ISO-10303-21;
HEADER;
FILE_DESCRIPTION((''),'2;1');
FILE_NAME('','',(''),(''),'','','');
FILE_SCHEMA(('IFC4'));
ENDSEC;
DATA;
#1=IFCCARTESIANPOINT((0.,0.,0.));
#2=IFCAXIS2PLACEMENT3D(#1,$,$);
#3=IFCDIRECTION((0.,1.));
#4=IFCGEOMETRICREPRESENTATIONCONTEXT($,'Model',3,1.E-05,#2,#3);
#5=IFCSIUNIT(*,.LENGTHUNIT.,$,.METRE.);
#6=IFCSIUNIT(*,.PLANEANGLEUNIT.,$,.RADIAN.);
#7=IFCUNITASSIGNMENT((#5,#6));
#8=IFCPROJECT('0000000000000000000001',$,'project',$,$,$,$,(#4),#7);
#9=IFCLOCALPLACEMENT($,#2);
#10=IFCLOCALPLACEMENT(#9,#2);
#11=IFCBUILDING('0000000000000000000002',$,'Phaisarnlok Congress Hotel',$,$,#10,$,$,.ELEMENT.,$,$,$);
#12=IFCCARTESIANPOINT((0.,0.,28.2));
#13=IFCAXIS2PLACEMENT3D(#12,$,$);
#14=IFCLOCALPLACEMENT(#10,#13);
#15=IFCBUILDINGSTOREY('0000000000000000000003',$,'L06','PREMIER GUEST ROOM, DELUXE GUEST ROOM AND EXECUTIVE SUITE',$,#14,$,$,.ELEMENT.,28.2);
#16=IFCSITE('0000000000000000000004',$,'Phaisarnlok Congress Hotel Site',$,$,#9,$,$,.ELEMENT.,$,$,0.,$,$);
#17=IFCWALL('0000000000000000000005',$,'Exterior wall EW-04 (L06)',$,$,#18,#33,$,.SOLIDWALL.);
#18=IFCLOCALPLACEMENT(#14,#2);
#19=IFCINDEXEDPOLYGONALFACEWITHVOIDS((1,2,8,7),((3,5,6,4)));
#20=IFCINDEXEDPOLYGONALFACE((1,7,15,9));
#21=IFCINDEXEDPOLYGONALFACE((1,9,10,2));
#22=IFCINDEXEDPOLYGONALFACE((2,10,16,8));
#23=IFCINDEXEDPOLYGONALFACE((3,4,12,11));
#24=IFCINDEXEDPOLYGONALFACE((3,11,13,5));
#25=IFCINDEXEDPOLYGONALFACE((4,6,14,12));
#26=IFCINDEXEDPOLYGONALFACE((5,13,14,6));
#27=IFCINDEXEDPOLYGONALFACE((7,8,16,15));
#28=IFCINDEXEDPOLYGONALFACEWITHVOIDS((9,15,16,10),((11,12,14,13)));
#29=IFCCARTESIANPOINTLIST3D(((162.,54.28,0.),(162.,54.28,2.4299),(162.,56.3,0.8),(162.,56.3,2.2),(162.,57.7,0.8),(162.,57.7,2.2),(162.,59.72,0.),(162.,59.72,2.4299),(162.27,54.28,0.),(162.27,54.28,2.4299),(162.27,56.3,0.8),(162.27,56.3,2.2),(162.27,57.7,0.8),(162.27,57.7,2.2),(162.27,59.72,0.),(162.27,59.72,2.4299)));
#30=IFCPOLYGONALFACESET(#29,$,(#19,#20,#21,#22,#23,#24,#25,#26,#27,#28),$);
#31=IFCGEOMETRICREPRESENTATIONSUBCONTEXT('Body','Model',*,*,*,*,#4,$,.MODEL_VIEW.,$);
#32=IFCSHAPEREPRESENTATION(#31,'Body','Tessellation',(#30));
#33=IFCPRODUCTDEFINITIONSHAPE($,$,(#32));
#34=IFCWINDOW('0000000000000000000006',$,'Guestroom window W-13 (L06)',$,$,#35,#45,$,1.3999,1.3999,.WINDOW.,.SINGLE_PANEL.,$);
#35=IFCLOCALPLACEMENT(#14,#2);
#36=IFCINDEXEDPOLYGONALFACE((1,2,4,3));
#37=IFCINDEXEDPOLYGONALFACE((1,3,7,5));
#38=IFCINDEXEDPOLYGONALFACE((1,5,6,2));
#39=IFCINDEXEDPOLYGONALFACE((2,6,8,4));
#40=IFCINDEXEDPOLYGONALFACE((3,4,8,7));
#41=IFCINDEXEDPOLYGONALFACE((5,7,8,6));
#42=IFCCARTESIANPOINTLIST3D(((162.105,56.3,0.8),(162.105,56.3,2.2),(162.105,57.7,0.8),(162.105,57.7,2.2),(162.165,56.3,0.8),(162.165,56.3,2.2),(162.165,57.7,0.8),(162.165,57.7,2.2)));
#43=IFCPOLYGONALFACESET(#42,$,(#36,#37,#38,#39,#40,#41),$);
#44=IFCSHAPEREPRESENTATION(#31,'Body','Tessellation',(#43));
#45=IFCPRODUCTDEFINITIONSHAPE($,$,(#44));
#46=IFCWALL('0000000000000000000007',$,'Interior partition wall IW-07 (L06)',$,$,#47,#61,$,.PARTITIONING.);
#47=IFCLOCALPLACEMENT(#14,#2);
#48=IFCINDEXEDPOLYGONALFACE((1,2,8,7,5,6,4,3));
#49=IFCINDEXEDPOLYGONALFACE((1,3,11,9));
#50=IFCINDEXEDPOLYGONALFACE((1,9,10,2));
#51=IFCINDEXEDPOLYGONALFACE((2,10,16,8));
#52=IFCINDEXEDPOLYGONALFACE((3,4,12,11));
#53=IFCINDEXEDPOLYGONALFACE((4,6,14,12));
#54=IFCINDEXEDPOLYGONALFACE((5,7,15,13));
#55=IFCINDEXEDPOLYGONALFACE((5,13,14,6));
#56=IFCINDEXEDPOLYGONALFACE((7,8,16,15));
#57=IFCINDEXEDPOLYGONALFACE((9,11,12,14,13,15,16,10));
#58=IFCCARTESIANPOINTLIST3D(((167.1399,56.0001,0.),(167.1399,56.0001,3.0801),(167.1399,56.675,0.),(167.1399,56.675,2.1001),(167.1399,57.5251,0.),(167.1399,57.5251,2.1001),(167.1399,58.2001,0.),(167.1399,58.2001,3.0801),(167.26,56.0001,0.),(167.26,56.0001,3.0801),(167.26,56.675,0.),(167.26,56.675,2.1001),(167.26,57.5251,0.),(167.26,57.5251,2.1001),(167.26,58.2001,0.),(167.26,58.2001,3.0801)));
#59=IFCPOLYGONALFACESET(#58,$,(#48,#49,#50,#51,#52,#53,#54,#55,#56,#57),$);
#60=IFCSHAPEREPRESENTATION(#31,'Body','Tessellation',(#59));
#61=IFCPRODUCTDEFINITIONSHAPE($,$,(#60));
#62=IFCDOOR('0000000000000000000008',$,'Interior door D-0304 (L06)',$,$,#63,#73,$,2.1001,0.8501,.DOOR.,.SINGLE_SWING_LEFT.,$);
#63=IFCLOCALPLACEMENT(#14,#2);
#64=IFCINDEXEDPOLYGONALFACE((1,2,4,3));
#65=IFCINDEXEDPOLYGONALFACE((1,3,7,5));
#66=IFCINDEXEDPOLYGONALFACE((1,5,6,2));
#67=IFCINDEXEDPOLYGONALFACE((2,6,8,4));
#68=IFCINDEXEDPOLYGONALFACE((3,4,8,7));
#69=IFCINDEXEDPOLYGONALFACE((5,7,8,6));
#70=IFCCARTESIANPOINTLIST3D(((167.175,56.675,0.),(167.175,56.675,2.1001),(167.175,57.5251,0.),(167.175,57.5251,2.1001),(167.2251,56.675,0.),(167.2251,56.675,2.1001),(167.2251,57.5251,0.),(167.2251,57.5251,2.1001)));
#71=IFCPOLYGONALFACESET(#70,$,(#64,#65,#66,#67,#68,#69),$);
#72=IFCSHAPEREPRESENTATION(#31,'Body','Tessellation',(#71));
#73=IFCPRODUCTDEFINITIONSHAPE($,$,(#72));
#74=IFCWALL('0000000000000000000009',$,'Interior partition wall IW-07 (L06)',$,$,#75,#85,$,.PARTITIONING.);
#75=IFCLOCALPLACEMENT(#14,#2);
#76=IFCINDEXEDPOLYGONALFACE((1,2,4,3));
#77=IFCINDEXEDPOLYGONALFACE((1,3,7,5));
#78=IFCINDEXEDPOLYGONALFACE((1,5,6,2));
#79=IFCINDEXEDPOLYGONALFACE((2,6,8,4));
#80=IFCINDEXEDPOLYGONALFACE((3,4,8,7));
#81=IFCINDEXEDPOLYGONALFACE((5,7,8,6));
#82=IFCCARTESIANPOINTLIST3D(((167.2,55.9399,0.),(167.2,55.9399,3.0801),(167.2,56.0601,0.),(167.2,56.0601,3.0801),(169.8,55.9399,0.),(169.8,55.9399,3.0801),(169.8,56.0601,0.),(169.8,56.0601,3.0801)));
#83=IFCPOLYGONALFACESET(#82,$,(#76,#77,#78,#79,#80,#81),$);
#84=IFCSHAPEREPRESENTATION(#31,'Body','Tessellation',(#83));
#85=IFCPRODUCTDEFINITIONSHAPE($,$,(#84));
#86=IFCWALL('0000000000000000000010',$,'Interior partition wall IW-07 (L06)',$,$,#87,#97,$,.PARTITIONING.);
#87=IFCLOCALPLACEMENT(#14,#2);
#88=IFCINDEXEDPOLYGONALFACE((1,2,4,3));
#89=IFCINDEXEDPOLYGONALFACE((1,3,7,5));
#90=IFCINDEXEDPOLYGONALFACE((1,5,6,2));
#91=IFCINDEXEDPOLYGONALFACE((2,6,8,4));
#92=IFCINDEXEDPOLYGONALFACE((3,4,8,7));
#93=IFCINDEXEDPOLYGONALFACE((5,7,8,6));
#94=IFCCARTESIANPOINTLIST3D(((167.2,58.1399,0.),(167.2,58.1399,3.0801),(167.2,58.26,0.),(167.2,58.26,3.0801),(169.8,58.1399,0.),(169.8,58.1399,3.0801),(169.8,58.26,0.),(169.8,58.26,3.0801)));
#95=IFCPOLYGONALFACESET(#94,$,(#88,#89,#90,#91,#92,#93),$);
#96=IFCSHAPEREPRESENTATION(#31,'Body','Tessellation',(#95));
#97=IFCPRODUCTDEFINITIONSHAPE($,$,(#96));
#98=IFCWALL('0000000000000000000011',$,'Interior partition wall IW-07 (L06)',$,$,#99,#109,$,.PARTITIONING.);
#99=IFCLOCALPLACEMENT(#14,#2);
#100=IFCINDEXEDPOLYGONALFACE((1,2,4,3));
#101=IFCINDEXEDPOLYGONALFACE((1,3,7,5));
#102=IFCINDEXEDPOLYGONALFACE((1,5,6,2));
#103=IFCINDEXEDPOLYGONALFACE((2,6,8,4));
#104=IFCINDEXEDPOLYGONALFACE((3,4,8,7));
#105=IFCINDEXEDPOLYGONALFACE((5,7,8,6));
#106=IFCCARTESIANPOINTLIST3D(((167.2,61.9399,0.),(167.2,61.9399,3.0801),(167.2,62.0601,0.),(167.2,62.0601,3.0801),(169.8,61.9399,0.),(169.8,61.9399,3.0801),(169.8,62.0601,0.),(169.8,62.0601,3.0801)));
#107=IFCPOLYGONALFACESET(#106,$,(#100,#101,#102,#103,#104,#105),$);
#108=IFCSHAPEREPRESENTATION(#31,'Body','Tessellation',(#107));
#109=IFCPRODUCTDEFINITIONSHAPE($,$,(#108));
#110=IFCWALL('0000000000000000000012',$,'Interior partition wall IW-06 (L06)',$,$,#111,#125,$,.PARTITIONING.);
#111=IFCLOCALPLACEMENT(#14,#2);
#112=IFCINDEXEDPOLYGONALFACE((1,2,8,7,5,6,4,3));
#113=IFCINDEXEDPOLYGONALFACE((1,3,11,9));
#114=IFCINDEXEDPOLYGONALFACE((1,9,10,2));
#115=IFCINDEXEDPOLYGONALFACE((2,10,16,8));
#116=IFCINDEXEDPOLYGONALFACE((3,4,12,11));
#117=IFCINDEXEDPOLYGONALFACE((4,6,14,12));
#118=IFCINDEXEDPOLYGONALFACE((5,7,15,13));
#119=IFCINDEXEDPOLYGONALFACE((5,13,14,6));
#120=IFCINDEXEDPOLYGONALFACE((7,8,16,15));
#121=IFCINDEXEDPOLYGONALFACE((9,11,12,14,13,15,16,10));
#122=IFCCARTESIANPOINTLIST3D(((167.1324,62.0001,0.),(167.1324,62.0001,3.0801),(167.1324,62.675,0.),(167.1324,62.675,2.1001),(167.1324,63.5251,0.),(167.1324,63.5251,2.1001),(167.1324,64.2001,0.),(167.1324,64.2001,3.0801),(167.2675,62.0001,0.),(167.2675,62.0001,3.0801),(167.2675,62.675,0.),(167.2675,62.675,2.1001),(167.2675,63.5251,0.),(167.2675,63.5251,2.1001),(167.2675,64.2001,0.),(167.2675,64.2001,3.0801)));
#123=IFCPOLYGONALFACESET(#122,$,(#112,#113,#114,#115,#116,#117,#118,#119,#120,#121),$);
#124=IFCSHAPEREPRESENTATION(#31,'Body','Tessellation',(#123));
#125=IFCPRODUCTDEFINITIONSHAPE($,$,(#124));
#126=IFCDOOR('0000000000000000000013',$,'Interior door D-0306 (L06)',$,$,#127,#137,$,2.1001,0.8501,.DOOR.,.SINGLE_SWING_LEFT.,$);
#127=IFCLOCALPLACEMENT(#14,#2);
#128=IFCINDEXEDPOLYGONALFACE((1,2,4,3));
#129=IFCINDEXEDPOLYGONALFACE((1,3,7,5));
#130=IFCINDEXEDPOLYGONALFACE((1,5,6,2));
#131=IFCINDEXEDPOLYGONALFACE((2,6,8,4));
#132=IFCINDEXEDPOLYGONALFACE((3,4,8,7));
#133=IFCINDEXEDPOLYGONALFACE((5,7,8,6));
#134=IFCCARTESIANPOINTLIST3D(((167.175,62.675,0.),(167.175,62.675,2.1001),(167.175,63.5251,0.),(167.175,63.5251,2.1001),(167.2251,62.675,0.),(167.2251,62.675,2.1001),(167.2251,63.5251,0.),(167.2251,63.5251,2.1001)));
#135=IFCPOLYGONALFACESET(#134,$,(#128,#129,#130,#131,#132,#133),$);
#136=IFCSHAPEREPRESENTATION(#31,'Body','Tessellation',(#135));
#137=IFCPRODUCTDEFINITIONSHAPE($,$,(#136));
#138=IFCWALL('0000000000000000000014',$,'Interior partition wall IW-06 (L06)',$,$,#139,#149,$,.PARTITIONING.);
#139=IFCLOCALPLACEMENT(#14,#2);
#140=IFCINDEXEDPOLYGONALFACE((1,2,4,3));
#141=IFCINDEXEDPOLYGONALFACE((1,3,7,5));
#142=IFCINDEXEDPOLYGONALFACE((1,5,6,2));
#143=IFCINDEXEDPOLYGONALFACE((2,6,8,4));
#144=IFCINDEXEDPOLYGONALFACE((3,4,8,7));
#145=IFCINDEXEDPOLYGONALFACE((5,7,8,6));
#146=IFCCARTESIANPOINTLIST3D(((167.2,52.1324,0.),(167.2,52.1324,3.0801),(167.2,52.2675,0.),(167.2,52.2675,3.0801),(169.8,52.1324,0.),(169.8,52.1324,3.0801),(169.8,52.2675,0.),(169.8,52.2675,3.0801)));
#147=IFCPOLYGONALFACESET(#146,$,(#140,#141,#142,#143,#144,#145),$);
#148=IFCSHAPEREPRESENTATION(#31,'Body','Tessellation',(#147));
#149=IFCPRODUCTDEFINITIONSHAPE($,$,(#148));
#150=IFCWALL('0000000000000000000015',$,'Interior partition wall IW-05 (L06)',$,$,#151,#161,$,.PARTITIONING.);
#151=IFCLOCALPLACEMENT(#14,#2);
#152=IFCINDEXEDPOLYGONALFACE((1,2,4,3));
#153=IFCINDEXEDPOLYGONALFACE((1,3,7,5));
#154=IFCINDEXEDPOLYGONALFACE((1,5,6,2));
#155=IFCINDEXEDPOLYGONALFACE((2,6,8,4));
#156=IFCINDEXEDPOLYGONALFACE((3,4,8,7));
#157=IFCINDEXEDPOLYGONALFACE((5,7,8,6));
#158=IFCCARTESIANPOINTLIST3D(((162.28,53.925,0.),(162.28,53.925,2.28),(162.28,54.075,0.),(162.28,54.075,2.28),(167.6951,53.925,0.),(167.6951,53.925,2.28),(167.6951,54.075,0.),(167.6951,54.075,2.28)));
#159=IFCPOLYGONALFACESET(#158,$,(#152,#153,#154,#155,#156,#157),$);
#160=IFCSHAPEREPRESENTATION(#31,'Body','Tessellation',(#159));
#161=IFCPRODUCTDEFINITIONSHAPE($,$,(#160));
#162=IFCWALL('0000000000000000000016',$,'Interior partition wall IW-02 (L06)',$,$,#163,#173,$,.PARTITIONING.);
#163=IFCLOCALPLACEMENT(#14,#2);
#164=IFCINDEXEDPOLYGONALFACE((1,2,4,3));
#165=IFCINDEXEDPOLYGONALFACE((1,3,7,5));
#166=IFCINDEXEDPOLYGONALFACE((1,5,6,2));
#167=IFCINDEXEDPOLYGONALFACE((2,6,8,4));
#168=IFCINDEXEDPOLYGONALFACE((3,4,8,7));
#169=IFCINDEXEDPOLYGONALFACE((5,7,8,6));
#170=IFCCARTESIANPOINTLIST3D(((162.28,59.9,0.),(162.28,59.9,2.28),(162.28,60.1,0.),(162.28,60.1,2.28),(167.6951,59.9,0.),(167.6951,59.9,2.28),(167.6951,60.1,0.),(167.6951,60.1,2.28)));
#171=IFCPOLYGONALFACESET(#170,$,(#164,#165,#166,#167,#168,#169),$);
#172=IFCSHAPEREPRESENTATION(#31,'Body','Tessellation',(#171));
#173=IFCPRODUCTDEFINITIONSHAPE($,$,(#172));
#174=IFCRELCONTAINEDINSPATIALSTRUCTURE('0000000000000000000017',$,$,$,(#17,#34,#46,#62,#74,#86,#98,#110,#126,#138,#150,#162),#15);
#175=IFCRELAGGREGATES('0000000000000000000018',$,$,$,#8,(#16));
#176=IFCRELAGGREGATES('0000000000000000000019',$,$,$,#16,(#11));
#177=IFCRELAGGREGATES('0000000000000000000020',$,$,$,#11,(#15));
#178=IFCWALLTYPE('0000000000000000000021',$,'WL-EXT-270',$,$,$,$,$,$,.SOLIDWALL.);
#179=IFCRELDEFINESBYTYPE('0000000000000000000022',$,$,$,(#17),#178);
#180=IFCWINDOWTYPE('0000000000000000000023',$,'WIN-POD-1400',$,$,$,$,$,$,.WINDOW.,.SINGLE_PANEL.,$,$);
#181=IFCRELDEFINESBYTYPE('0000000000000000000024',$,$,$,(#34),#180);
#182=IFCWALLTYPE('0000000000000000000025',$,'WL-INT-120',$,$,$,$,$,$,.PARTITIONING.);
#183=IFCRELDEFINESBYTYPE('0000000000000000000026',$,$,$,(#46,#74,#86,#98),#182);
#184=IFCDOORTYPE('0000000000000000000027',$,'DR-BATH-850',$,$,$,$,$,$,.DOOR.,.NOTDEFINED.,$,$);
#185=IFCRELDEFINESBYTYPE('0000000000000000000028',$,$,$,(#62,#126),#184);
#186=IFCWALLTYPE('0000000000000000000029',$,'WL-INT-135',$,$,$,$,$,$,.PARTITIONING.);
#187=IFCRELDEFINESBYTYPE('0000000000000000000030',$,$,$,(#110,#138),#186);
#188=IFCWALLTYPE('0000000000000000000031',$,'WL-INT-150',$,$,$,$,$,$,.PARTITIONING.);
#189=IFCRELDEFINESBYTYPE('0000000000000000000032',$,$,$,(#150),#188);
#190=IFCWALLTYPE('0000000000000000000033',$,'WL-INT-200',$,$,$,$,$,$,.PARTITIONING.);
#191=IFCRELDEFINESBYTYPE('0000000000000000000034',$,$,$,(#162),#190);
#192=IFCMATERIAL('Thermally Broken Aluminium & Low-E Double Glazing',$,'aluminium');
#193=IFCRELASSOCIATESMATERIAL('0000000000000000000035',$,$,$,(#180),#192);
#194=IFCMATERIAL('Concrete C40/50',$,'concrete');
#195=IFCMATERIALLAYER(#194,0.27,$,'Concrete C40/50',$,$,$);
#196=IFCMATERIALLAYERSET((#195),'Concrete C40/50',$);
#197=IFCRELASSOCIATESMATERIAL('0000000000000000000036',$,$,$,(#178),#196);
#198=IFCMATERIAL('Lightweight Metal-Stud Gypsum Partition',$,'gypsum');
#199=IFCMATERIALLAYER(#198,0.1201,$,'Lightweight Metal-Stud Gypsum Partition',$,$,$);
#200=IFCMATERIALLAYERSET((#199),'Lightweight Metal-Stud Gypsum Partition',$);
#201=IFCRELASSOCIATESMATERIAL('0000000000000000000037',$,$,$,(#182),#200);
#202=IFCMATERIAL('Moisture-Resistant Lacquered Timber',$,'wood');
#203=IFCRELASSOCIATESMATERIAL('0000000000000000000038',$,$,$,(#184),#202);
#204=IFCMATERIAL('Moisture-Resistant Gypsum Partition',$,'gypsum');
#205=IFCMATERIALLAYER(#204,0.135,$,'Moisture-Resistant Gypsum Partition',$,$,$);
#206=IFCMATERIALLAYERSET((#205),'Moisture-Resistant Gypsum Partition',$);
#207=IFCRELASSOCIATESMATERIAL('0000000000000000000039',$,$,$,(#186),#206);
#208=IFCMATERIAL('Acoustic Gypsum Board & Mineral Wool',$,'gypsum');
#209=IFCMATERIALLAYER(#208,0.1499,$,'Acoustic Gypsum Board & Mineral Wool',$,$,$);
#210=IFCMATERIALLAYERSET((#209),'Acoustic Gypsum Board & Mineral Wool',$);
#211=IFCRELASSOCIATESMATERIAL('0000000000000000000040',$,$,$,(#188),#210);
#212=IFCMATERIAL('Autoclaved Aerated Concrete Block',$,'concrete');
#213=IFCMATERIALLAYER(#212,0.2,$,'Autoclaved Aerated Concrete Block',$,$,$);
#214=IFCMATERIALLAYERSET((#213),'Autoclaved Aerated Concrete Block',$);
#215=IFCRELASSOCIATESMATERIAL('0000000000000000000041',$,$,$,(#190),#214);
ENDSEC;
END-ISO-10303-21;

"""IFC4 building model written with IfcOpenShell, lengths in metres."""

from ifc_helpers import new_model, si_unit, direction, frame, frame_2d, origin, place, context, subcontext, project, spatial, rectangle, extrude, material, layer, layer_set, type_object, element, fill, save


model = new_model("IFC4")

# Units and contexts
model_context = context("Model", 3, precision=1e-05, world=origin(), true_north=direction((0.0, 1.0)))
body_context = subcontext(model_context, "Body", "Model", "MODEL_VIEW")
ifc_project = project(units=[si_unit("LENGTHUNIT", "METRE"), si_unit("PLANEANGLEUNIT", "RADIAN")], contexts=[model_context])

# Site, building, storey
site_placement = place(None, origin())
site = spatial("IfcSite", under=ifc_project, at=site_placement, Name="Phaisarnlok Congress Hotel Site", CompositionType="ELEMENT", RefElevation=0.0)
building_placement = place(site_placement, origin())
building = spatial("IfcBuilding", under=site, at=building_placement, Name="Phaisarnlok Congress Hotel", CompositionType="ELEMENT")
storey_placement = place(building_placement, frame((0.0, 0.0, 28.2)))
storey = spatial("IfcBuildingStorey", under=building, at=storey_placement, Name="L06", Description="PREMIER GUEST ROOM, DELUXE GUEST ROOM AND EXECUTIVE SUITE", CompositionType="ELEMENT", Elevation=28.2)

# Shared definitions
ifc_material_1 = material(Name="Concrete C40/50", Category="concrete")

# Wall, opening, window
ifc_material_2 = material(Name="Thermally Broken Aluminium & Low-E Double Glazing", Category="aluminium")
window_type = type_object("IfcWindowType", Name="WIN-POD-1400", PartitioningType="SINGLE_PANEL", PredefinedType="WINDOW", material=ifc_material_2)
ifc_layer_1 = layer(ifc_material_1, 0.27, Name="Concrete C40/50")
ifc_layer_set_1 = layer_set([ifc_layer_1], Name="Concrete C40/50")
wall_type_1 = type_object("IfcWallType", Name="WL-EXT-270", PredefinedType="SOLIDWALL", material=ifc_layer_set_1)
wall_1_placement = place(storey_placement, frame((162.135, 59.72, 0.0), z_axis=(0.0, 0.0, 1.0), x_axis=(0.0, -1.0, 0.0)))
wall_1 = element("IfcWall", 1, at=wall_1_placement, inside=storey, type_object=wall_type_1, Name="Exterior wall EW-04 (L06)", PredefinedType="SOLIDWALL", context=body_context, shape_type="SweptSolid", body=[
    extrude(rectangle(XDim=5.4399, YDim=0.27, at=frame_2d((2.72, 0.0))), origin(), (0.0, 0.0, 1.0), 2.4299),
])
opening_1_placement = place(wall_1_placement, frame((2.02, 0.0, 0.8)))
opening_1 = element("IfcOpeningElement", 2, at=opening_1_placement, cuts=wall_1, PredefinedType="OPENING", context=body_context, shape_type="SweptSolid", body=[
    extrude(rectangle(XDim=1.3999, YDim=1.3999, at=frame_2d((0.7, 0.7))), frame((0.0, 0.145, 0.0), z_axis=(0.0, -1.0, 0.0), x_axis=(1.0, 0.0, 0.0)), (0.0, 0.0, 1.0), 0.29),
])
window_1_placement = place(opening_1_placement, origin())
window_1 = element("IfcWindow", 3, at=window_1_placement, inside=storey, type_object=window_type, Name="Guestroom window W-13 (L06)", OverallHeight=1.3999, OverallWidth=1.3999, PartitioningType="SINGLE_PANEL", PredefinedType="WINDOW", context=body_context, shape_type="SweptSolid", body=[
    extrude(rectangle(XDim=1.3999, YDim=1.3999, at=frame_2d((0.7, 0.7))), frame((0.0, 0.03, 0.0), z_axis=(0.0, -1.0, 0.0), x_axis=(1.0, 0.0, 0.0)), (0.0, 0.0, 1.0), 0.0601),
])
fill(opening_1, window_1)

# Wall, opening, door
ifc_material_3 = material(Name="Lightweight Metal-Stud Gypsum Partition", Category="gypsum")
ifc_layer_2 = layer(ifc_material_3, 0.1201, Name="Lightweight Metal-Stud Gypsum Partition")
ifc_layer_set_2 = layer_set([ifc_layer_2], Name="Lightweight Metal-Stud Gypsum Partition")
wall_type_2 = type_object("IfcWallType", Name="WL-INT-120", PredefinedType="PARTITIONING", material=ifc_layer_set_2)
wall_2_placement = place(storey_placement, frame((167.2, 56.0, 0.0), z_axis=(0.0, 0.0, 1.0), x_axis=(0.0, 1.0, 0.0)))
wall_2 = element("IfcWall", 4, at=wall_2_placement, inside=storey, type_object=wall_type_2, Name="Interior partition wall IW-07 (L06)", PredefinedType="PARTITIONING", context=body_context, shape_type="SweptSolid", body=[
    extrude(rectangle(XDim=2.2, YDim=0.1201, at=frame_2d((1.1001, 0.0))), origin(), (0.0, 0.0, 1.0), 3.0801),
])
opening_2_placement = place(wall_2_placement, frame((0.675, 0.0, 0.0)))
opening_2 = element("IfcOpeningElement", 5, at=opening_2_placement, cuts=wall_2, PredefinedType="OPENING", context=body_context, shape_type="SweptSolid", body=[
    extrude(rectangle(XDim=0.8501, YDim=2.1001, at=frame_2d((0.425, 1.05))), frame((0.0, 0.0701, 0.0), z_axis=(0.0, -1.0, 0.0), x_axis=(1.0, 0.0, 0.0)), (0.0, 0.0, 1.0), 0.1401),
])
ifc_material_4 = material(Name="Moisture-Resistant Lacquered Timber", Category="wood")
door_type = type_object("IfcDoorType", Name="DR-BATH-850", OperationType="NOTDEFINED", PredefinedType="DOOR", material=ifc_material_4)
door_1_placement = place(opening_2_placement, origin())
door_1 = element("IfcDoor", 6, at=door_1_placement, inside=storey, type_object=door_type, Name="Interior door D-0304 (L06)", OperationType="SINGLE_SWING_LEFT", OverallHeight=2.1001, OverallWidth=0.8501, PredefinedType="DOOR", context=body_context, shape_type="SweptSolid", body=[
    extrude(rectangle(XDim=0.8501, YDim=2.1001, at=frame_2d((0.425, 1.05))), frame((0.0, 0.0249, 0.0), z_axis=(0.0, -1.0, 0.0), x_axis=(1.0, 0.0, 0.0)), (0.0, 0.0, 1.0), 0.05),
])
fill(opening_2, door_1)

# Walls
for number, where, z_axis, x_axis, name in (
    (7, (167.2, 56.0, 0.0), (0.0, 0.0, 1.0), (1.0, 0.0, 0.0), "Interior partition wall IW-07 (L06)"),
    (8, (167.2, 58.2, 0.0), (0.0, 0.0, 1.0), (1.0, 0.0, 0.0), "Interior partition wall IW-07 (L06)"),
    (9, (167.2, 62.0, 0.0), (0.0, 0.0, 1.0), (1.0, 0.0, 0.0), "Interior partition wall IW-07 (L06)"),
):
    element("IfcWall", number, at=place(storey_placement, frame(where, z_axis=z_axis, x_axis=x_axis)), inside=storey, type_object=wall_type_2, Name=name, PredefinedType="PARTITIONING", context=body_context, shape_type="SweptSolid", body=[
        extrude(rectangle(XDim=2.6001, YDim=0.1201, at=frame_2d((1.3, 0.0))), origin(), (0.0, 0.0, 1.0), 3.0801),
    ])

# Wall, opening, door
ifc_material_5 = material(Name="Moisture-Resistant Gypsum Partition", Category="gypsum")
ifc_layer_3 = layer(ifc_material_5, 0.135, Name="Moisture-Resistant Gypsum Partition")
ifc_layer_set_3 = layer_set([ifc_layer_3], Name="Moisture-Resistant Gypsum Partition")
wall_type_3 = type_object("IfcWallType", Name="WL-INT-135", PredefinedType="PARTITIONING", material=ifc_layer_set_3)
wall_3_placement = place(storey_placement, frame((167.2, 62.0, 0.0), z_axis=(0.0, 0.0, 1.0), x_axis=(0.0, 1.0, 0.0)))
wall_3 = element("IfcWall", 10, at=wall_3_placement, inside=storey, type_object=wall_type_3, Name="Interior partition wall IW-06 (L06)", PredefinedType="PARTITIONING", context=body_context, shape_type="SweptSolid", body=[
    extrude(rectangle(XDim=2.2, YDim=0.135, at=frame_2d((1.1001, 0.0))), origin(), (0.0, 0.0, 1.0), 3.0801),
])
opening_3_placement = place(wall_3_placement, frame((0.675, 0.0, 0.0)))
opening_3 = element("IfcOpeningElement", 11, at=opening_3_placement, cuts=wall_3, PredefinedType="OPENING", context=body_context, shape_type="SweptSolid", body=[
    extrude(rectangle(XDim=0.8501, YDim=2.1001, at=frame_2d((0.425, 1.05))), frame((0.0, 0.0776, 0.0), z_axis=(0.0, -1.0, 0.0), x_axis=(1.0, 0.0, 0.0)), (0.0, 0.0, 1.0), 0.155),
])
door_2_placement = place(opening_3_placement, origin())
door_2 = element("IfcDoor", 12, at=door_2_placement, inside=storey, type_object=door_type, Name="Interior door D-0306 (L06)", OperationType="SINGLE_SWING_LEFT", OverallHeight=2.1001, OverallWidth=0.8501, PredefinedType="DOOR", context=body_context, shape_type="SweptSolid", body=[
    extrude(rectangle(XDim=0.8501, YDim=2.1001, at=frame_2d((0.425, 1.05))), frame((0.0, 0.0249, 0.0), z_axis=(0.0, -1.0, 0.0), x_axis=(1.0, 0.0, 0.0)), (0.0, 0.0, 1.0), 0.05),
])
fill(opening_3, door_2)

# Walls
wall_4_placement = place(storey_placement, frame((167.2, 52.2, 0.0), z_axis=(0.0, 0.0, 1.0), x_axis=(1.0, 0.0, 0.0)))
element("IfcWall", 13, at=wall_4_placement, inside=storey, type_object=wall_type_3, Name="Interior partition wall IW-06 (L06)", PredefinedType="PARTITIONING", context=body_context, shape_type="SweptSolid", body=[
    extrude(rectangle(XDim=2.6001, YDim=0.135, at=frame_2d((1.3, 0.0))), origin(), (0.0, 0.0, 1.0), 3.0801),
])
ifc_material_6 = material(Name="Acoustic Gypsum Board & Mineral Wool", Category="gypsum")
ifc_layer_4 = layer(ifc_material_6, 0.1499, Name="Acoustic Gypsum Board & Mineral Wool")
ifc_layer_set_4 = layer_set([ifc_layer_4], Name="Acoustic Gypsum Board & Mineral Wool")
wall_type_4 = type_object("IfcWallType", Name="WL-INT-150", PredefinedType="PARTITIONING", material=ifc_layer_set_4)
wall_5_placement = place(storey_placement, frame((162.28, 54.0, 0.0), z_axis=(0.0, 0.0, 1.0), x_axis=(1.0, 0.0, 0.0)))
element("IfcWall", 14, at=wall_5_placement, inside=storey, type_object=wall_type_4, Name="Interior partition wall IW-05 (L06)", PredefinedType="PARTITIONING", context=body_context, shape_type="SweptSolid", body=[
    extrude(rectangle(XDim=5.415, YDim=0.1499, at=frame_2d((2.7075, 0.0))), origin(), (0.0, 0.0, 1.0), 2.28),
])
ifc_material_7 = material(Name="Autoclaved Aerated Concrete Block", Category="concrete")
ifc_layer_5 = layer(ifc_material_7, 0.2, Name="Autoclaved Aerated Concrete Block")
ifc_layer_set_5 = layer_set([ifc_layer_5], Name="Autoclaved Aerated Concrete Block")
wall_type_5 = type_object("IfcWallType", Name="WL-INT-200", PredefinedType="PARTITIONING", material=ifc_layer_set_5)
wall_6_placement = place(storey_placement, frame((162.28, 60.0, 0.0), z_axis=(0.0, 0.0, 1.0), x_axis=(1.0, 0.0, 0.0)))
element("IfcWall", 15, at=wall_6_placement, inside=storey, type_object=wall_type_5, Name="Interior partition wall IW-02 (L06)", PredefinedType="PARTITIONING", context=body_context, shape_type="SweptSolid", body=[
    extrude(rectangle(XDim=5.415, YDim=0.2, at=frame_2d((2.7075, 0.0))), origin(), (0.0, 0.0, 1.0), 2.28),
])

save(model, "model.ifc")
